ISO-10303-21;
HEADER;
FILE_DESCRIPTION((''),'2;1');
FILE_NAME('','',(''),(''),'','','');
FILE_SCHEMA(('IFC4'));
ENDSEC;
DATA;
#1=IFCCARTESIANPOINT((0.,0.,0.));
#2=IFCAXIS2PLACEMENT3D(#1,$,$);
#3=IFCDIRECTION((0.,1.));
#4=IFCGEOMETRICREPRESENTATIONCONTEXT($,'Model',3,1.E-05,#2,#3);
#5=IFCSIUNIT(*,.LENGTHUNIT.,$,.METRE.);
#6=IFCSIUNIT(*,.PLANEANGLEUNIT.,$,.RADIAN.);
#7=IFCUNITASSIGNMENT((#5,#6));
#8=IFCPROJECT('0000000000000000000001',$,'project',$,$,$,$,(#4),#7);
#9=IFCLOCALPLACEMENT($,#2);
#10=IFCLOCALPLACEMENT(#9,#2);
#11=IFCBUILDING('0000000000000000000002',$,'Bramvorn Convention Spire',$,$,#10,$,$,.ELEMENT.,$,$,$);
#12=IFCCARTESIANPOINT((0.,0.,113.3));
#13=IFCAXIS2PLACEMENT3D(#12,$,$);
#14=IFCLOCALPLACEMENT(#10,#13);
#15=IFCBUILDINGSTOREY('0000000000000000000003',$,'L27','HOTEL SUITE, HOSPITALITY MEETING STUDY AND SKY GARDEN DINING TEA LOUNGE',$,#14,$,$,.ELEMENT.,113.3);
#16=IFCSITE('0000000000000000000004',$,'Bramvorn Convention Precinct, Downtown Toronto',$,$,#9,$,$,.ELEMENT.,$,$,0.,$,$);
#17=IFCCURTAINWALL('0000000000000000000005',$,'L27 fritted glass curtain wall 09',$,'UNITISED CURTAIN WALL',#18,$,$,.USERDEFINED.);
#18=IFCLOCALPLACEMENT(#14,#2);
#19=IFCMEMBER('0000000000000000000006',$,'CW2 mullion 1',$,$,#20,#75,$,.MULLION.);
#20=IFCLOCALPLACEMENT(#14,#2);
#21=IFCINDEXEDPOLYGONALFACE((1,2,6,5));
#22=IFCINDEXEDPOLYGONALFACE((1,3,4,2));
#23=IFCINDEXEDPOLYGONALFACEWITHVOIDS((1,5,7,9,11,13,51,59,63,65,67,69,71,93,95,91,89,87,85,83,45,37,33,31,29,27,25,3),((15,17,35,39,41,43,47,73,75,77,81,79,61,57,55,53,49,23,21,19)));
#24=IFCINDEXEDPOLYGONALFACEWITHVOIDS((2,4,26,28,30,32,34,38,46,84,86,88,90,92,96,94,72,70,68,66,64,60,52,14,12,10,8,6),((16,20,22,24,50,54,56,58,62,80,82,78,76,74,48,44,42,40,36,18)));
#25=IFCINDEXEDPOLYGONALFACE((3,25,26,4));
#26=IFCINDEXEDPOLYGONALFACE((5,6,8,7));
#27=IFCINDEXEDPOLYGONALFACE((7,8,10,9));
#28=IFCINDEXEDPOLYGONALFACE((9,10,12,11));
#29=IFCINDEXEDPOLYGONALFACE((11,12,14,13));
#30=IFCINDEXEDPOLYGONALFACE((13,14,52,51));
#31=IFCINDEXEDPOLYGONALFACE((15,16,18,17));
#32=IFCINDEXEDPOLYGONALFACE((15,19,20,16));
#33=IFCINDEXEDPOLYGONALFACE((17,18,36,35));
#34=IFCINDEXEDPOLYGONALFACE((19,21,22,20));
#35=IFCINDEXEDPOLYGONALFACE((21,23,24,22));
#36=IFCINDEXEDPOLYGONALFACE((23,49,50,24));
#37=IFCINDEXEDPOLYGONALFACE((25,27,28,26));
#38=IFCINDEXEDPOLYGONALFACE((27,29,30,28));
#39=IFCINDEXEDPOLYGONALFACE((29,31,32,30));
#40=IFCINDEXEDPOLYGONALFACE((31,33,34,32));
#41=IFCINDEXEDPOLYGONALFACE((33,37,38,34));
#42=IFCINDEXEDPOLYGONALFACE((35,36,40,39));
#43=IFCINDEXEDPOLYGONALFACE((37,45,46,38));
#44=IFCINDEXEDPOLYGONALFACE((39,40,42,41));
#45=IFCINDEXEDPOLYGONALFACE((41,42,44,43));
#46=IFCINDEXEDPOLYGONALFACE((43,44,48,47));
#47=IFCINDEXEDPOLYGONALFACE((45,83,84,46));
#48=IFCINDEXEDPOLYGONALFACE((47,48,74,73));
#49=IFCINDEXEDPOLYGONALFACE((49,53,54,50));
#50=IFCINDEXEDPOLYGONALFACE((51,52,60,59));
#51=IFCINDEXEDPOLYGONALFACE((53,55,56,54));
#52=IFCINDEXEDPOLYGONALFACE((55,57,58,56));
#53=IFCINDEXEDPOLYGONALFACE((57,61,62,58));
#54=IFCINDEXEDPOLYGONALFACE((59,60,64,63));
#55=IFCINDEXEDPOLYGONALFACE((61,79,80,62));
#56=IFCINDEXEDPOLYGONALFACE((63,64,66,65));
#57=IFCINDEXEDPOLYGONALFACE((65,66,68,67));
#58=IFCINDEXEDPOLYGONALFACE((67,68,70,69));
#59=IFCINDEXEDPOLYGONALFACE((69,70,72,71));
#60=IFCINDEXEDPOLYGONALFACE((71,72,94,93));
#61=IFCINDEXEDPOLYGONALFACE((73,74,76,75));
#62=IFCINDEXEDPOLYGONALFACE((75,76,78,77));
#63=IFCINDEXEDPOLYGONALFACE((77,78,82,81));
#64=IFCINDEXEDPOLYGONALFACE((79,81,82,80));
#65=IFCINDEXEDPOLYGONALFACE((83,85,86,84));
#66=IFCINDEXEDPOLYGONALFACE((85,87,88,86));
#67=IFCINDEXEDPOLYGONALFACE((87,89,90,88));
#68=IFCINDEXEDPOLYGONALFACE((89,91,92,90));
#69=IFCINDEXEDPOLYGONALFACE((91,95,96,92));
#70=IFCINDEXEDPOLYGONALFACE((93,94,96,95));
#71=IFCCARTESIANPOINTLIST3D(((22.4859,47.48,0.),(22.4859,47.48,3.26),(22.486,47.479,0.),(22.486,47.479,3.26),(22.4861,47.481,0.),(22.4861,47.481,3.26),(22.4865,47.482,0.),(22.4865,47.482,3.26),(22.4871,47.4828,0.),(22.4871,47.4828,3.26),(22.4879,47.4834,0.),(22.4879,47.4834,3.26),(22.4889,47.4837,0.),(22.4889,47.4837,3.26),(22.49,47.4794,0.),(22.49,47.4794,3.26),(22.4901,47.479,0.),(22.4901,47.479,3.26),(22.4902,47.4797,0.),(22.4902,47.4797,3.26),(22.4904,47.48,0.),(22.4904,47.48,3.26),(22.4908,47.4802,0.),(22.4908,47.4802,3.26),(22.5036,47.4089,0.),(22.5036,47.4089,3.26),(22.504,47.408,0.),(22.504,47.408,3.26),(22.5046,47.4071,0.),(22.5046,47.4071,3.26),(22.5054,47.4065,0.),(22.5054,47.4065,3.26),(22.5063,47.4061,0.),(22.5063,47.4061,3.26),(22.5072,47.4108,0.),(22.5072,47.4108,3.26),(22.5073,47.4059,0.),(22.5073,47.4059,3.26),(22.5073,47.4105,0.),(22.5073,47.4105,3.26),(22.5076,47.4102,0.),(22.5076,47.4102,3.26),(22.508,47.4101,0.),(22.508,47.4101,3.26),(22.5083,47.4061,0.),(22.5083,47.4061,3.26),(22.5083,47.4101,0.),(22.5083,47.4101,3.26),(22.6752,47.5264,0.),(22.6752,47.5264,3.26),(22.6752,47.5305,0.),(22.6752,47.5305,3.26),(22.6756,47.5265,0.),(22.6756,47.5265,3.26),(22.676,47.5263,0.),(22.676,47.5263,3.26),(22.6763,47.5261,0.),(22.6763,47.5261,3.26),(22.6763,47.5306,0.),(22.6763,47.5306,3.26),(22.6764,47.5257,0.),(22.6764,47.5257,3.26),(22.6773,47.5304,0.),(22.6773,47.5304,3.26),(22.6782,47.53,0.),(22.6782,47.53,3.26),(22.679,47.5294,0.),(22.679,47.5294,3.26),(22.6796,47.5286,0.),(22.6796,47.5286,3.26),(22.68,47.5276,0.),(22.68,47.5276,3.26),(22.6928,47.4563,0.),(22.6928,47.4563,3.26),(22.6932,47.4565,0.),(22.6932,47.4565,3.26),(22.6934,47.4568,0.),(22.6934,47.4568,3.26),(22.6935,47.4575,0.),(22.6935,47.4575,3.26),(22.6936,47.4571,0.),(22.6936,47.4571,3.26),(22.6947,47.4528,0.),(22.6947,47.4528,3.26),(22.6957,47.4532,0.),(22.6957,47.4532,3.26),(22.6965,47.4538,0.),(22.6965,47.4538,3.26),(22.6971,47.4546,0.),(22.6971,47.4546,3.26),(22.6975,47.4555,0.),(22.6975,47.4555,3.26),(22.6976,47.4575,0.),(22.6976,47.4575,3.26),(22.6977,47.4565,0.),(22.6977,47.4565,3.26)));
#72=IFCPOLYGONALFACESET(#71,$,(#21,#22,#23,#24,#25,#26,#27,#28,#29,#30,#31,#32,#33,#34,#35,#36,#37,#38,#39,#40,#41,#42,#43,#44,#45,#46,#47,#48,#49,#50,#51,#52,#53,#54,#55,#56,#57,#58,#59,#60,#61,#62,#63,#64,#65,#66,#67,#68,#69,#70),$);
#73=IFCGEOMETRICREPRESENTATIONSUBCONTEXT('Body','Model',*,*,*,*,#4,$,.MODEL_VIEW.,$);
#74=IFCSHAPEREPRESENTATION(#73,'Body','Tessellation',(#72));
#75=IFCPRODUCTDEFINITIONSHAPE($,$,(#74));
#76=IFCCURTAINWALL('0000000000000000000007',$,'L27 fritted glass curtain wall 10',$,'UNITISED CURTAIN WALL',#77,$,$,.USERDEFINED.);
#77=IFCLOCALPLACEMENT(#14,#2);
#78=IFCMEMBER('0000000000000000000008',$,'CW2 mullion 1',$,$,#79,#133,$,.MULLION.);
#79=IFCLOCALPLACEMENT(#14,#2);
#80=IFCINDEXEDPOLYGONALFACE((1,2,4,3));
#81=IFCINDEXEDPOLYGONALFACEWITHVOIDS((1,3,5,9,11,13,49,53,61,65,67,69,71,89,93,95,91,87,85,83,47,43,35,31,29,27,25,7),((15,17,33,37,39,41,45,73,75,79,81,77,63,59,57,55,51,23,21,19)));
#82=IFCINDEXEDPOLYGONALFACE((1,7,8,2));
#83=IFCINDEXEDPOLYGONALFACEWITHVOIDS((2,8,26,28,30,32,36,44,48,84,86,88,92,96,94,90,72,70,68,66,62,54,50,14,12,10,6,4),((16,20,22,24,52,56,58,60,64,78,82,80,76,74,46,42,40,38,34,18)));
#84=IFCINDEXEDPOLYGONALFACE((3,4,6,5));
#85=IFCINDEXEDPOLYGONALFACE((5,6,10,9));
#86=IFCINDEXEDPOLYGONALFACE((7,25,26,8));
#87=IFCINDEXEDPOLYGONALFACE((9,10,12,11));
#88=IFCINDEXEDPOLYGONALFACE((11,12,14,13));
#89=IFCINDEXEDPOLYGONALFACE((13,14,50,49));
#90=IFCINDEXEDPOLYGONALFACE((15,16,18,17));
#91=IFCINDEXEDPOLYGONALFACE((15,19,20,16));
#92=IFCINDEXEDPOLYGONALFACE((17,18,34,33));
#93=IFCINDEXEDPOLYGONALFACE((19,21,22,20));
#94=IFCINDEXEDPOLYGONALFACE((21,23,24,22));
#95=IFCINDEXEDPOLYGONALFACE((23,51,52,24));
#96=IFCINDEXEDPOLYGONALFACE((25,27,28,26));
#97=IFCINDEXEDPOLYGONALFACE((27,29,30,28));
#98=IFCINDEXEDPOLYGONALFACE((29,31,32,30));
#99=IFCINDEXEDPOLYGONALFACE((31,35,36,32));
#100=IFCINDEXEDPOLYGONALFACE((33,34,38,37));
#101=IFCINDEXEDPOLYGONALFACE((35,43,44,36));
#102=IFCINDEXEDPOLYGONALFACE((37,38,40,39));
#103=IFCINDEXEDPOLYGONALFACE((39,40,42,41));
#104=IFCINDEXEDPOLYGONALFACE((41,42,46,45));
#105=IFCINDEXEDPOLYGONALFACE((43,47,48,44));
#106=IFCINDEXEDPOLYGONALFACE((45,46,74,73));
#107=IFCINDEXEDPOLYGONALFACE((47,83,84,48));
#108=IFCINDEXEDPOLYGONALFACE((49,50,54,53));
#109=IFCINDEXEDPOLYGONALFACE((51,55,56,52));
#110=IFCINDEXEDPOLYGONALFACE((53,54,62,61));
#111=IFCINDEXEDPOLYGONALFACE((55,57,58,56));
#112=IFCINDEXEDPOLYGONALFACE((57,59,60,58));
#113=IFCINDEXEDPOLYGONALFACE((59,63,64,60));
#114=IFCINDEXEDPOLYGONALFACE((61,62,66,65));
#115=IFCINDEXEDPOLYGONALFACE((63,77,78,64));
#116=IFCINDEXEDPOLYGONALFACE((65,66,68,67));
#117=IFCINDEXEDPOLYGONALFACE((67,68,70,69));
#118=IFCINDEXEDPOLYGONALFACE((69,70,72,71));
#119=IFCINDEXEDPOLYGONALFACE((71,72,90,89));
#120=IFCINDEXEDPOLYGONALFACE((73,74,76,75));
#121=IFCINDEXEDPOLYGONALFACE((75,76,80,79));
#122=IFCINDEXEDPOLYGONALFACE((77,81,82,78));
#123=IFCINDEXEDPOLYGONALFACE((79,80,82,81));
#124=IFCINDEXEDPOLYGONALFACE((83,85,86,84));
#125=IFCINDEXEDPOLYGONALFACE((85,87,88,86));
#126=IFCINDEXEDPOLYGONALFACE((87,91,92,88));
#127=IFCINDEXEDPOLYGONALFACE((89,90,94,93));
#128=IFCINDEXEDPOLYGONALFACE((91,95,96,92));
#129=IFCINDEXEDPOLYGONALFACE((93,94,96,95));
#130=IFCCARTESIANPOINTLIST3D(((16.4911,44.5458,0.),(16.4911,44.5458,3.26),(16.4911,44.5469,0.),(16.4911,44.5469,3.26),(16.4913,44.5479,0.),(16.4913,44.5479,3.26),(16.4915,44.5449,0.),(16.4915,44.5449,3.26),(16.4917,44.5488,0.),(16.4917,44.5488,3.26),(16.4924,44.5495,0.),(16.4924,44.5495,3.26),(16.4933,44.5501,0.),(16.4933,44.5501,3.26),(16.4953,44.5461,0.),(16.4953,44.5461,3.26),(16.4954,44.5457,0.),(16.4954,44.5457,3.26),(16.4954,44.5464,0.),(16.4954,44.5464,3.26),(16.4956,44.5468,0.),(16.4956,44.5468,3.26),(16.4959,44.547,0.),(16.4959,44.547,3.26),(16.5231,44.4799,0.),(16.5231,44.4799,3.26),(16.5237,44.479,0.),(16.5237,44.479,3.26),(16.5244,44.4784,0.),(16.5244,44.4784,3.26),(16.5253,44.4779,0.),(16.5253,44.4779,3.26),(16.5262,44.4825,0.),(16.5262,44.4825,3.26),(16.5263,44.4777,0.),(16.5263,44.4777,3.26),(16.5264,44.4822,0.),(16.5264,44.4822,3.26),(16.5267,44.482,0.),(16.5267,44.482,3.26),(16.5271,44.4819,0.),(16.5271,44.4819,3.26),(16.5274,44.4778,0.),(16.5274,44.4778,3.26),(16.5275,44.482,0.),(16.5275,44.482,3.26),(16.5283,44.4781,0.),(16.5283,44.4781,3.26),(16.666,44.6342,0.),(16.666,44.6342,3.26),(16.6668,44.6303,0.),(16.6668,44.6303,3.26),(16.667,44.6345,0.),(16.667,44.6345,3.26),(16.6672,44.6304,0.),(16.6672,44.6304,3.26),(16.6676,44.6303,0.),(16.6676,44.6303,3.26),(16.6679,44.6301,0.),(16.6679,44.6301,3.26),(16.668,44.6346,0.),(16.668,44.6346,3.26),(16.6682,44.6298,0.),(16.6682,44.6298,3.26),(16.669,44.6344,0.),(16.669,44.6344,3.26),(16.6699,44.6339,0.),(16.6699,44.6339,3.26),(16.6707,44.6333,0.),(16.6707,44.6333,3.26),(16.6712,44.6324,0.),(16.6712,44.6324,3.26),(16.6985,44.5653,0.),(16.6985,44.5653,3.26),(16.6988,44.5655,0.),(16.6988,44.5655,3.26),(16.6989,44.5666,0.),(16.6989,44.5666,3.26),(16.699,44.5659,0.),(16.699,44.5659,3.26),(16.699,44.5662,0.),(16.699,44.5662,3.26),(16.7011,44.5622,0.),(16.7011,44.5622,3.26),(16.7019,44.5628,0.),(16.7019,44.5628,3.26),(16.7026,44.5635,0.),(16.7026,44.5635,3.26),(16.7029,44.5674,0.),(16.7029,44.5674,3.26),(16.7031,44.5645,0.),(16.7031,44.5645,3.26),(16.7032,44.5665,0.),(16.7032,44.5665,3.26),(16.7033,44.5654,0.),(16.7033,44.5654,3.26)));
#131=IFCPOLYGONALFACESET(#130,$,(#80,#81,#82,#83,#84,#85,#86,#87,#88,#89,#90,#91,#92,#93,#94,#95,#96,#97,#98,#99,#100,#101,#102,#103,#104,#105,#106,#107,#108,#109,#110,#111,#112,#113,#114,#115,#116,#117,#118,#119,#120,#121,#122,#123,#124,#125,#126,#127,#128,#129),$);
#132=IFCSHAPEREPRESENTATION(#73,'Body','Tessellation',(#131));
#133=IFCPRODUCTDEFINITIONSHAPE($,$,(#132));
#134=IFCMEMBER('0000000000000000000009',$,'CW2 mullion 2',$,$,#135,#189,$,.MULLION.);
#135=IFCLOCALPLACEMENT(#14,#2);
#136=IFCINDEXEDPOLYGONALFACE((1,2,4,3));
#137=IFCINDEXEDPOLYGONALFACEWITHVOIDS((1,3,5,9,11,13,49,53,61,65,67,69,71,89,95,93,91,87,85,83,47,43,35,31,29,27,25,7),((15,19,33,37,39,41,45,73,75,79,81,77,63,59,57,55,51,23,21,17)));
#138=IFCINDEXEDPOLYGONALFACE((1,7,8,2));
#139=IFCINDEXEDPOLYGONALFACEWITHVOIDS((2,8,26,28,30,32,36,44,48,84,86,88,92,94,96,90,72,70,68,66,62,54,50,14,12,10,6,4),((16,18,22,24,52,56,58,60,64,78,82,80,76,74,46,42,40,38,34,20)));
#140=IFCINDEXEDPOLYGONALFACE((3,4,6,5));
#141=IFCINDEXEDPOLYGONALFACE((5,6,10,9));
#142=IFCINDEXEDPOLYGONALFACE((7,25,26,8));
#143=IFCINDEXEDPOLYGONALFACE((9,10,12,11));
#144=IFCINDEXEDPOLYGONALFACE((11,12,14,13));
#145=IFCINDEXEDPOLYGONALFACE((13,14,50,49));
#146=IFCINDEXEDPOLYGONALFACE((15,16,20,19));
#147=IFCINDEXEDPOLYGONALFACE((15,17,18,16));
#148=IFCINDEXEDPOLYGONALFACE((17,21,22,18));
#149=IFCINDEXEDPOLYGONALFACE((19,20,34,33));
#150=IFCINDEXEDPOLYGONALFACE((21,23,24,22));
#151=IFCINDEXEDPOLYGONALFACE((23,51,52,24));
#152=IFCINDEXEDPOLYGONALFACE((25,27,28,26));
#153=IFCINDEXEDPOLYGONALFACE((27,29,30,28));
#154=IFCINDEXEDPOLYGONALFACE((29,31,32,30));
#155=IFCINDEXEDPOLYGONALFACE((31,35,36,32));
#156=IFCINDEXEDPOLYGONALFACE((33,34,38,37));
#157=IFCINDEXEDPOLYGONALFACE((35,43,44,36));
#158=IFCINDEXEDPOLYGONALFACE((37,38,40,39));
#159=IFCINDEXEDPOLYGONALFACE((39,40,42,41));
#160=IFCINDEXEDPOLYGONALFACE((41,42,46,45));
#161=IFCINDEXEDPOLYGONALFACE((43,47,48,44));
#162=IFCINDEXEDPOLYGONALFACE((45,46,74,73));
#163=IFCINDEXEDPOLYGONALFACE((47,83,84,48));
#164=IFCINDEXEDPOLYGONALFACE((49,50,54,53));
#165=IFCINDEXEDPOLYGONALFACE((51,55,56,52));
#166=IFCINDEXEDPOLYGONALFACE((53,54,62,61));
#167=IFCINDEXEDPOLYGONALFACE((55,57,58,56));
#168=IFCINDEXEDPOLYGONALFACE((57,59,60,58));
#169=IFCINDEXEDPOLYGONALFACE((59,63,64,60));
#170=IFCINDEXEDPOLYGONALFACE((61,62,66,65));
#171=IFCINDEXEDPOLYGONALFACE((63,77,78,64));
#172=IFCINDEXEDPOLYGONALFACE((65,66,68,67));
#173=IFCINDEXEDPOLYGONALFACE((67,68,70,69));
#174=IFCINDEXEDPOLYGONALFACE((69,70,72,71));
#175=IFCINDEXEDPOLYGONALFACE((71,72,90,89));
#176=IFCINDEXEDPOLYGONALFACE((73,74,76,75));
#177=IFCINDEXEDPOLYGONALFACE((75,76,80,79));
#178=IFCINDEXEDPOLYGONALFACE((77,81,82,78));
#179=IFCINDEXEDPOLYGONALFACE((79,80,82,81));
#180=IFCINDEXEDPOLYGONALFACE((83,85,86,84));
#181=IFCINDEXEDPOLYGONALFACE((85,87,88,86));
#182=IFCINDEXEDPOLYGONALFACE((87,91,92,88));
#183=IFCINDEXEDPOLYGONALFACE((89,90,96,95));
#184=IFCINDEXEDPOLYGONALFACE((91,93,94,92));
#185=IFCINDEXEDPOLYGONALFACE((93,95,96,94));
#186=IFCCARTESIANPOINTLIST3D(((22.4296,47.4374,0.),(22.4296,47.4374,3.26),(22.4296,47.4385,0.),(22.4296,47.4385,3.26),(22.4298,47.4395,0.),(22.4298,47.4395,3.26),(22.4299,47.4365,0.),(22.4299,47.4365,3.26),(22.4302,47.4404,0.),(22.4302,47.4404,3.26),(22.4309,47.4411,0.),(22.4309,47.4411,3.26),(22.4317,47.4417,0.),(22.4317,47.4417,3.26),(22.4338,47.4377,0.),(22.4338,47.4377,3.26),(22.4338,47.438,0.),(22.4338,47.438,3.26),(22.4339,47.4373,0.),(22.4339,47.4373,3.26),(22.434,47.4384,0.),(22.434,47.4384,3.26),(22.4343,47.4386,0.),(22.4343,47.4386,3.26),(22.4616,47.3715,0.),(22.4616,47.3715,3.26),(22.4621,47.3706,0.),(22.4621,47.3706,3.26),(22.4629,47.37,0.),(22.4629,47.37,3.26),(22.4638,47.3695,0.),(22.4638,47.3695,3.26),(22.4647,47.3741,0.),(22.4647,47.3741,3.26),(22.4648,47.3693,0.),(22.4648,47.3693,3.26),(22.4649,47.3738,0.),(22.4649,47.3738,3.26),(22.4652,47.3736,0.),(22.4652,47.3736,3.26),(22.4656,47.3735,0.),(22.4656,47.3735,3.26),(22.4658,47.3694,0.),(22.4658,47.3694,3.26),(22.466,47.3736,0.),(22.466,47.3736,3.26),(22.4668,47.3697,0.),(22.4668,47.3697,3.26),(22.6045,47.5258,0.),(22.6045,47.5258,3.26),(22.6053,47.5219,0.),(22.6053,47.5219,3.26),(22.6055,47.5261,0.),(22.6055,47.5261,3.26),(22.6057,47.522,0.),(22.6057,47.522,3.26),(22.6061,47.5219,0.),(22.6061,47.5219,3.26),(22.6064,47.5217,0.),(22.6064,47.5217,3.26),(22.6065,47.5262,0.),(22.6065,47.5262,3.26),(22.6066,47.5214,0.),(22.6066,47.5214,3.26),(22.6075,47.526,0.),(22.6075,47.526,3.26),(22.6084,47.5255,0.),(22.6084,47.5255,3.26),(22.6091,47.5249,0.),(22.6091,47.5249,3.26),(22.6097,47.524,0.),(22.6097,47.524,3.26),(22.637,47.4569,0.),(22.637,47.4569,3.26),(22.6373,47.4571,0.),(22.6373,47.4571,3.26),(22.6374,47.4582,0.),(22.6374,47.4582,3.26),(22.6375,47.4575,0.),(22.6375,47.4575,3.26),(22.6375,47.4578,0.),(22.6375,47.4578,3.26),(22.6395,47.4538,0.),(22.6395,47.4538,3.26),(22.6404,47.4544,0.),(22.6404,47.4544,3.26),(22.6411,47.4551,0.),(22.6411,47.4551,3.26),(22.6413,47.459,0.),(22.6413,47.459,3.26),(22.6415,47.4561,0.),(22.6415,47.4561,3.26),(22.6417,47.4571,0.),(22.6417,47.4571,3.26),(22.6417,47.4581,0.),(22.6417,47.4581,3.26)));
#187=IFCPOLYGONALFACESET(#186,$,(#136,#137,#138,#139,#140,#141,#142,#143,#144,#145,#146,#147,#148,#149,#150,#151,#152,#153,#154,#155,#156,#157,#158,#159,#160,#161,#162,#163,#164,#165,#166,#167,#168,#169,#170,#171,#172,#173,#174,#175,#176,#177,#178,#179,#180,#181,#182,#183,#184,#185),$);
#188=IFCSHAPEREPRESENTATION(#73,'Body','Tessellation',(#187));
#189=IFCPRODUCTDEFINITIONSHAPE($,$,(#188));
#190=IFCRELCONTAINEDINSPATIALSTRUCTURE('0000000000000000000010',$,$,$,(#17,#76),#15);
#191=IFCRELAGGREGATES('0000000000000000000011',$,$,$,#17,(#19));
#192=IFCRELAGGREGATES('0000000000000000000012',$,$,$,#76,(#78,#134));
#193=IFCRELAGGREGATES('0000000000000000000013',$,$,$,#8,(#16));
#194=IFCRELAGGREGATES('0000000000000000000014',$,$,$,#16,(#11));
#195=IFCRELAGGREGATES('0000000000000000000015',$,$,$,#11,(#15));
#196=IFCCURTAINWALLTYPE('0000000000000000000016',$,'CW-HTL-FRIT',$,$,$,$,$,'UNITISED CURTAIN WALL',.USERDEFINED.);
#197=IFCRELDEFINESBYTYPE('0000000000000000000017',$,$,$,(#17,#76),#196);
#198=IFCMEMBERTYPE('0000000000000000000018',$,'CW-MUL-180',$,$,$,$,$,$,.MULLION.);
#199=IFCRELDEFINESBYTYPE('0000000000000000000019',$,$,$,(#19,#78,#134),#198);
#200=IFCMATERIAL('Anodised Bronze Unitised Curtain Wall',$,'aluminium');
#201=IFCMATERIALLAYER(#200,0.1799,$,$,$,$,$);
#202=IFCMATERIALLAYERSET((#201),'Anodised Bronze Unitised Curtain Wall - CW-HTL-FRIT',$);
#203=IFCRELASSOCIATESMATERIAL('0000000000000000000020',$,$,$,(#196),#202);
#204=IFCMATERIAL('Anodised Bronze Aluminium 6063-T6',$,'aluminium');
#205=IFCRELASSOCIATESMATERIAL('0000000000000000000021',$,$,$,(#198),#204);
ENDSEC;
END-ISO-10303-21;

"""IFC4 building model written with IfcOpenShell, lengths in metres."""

from ifc_helpers import new_model, si_unit, direction, frame, origin, origin_2d, place, context, subcontext, project, spatial, hollow_rectangle, extrude, material, layer, layer_set, material_profile, profile_set, type_object, element, aggregate, save


model = new_model("IFC4")

# Units and contexts
model_context = context("Model", 3, precision=1e-05, world=origin(), true_north=direction((0.0, 1.0)))
body_context = subcontext(model_context, "Body", "Model", "MODEL_VIEW")
ifc_project = project(units=[si_unit("LENGTHUNIT", "METRE"), si_unit("PLANEANGLEUNIT", "RADIAN")], contexts=[model_context])

# Site, building, storey
site_placement = place(None, origin())
site = spatial("IfcSite", under=ifc_project, at=site_placement, Name="Bramvorn Convention Precinct, Downtown Toronto", CompositionType="ELEMENT", RefElevation=0.0)
building_placement = place(site_placement, origin())
building = spatial("IfcBuilding", under=site, at=building_placement, Name="Bramvorn Convention Spire", CompositionType="ELEMENT")
storey_placement = place(building_placement, frame((0.0, 0.0, 113.3)))
storey = spatial("IfcBuildingStorey", under=building, at=storey_placement, Name="L27", Description="HOTEL SUITE, HOSPITALITY MEETING STUDY AND SKY GARDEN DINING TEA LOUNGE", CompositionType="ELEMENT", Elevation=113.3)

# Curtain wall, member
ifc_material_1 = material(Name="Anodised Bronze Unitised Curtain Wall", Category="aluminium")
ifc_layer_1 = layer(ifc_material_1, 0.1799)
ifc_layer_set_1 = layer_set([ifc_layer_1], Name="Anodised Bronze Unitised Curtain Wall - CW-HTL-FRIT")
curtain_wall_type = type_object("IfcCurtainWallType", Name="CW-HTL-FRIT", ElementType="UNITISED CURTAIN WALL", PredefinedType="USERDEFINED", material=ifc_layer_set_1)
curtain_wall_1_placement = place(storey_placement, origin())
curtain_wall_1 = element("IfcCurtainWall", 1, at=curtain_wall_1_placement, inside=storey, type_object=curtain_wall_type, Name="L27 fritted glass curtain wall 09", ObjectType="UNITISED CURTAIN WALL", PredefinedType="USERDEFINED")
ifc_material_2 = material(Name="Anodised Bronze Aluminium 6063-T6", Category="aluminium")
ifc_material_profile_1 = material_profile(ifc_material_2, hollow_rectangle(XDim=0.0801, YDim=0.2, WallThickness=0.0039, InnerFilletRadius=0.001, OuterFilletRadius=0.0039, at=origin_2d()))
ifc_profile_set_1 = profile_set([ifc_material_profile_1], Name="Anodised Bronze Aluminium 6063-T6 - CWM80X200")
member_type_1 = type_object("IfcMemberType", Name="CW-MUL-180", PredefinedType="MULLION", material=ifc_profile_set_1)
member_1_placement = place(storey_placement, frame((22.5918, 47.4683, 0.0), z_axis=(0.0, 0.0, 1.0), x_axis=(-0.243204, 0.969975, 0.0)))
member_1 = element("IfcMember", 2, at=member_1_placement, type_object=member_type_1, Name="CW2 mullion 1", PredefinedType="MULLION", context=body_context, shape_type="SweptSolid", body=[
    extrude(hollow_rectangle(XDim=0.0801, YDim=0.2, WallThickness=0.0039, InnerFilletRadius=0.001, OuterFilletRadius=0.0039, at=origin_2d()), origin(), (0.0, 0.0, 1.0), 3.26),
])

# Curtain wall, members
curtain_wall_2_placement = place(storey_placement, origin())
curtain_wall_2 = element("IfcCurtainWall", 3, at=curtain_wall_2_placement, inside=storey, type_object=curtain_wall_type, Name="L27 fritted glass curtain wall 10", ObjectType="UNITISED CURTAIN WALL", PredefinedType="USERDEFINED")
member_2_placement = place(storey_placement, frame((16.5972, 44.5562, 0.0), z_axis=(0.0, 0.0, 1.0), x_axis=(-0.437791, 0.899077, 0.0)))
member_2 = element("IfcMember", 4, at=member_2_placement, type_object=member_type_1, Name="CW2 mullion 1", PredefinedType="MULLION", context=body_context, shape_type="SweptSolid", body=[
    extrude(hollow_rectangle(XDim=0.0801, YDim=0.2, WallThickness=0.0039, InnerFilletRadius=0.001, OuterFilletRadius=0.0039, at=origin_2d()), origin(), (0.0, 0.0, 1.0), 3.26),
])
member_3_placement = place(storey_placement, frame((22.5356, 47.4478, 0.0), z_axis=(0.0, 0.0, 1.0), x_axis=(-0.437791, 0.899077, 0.0)))
member_3 = element("IfcMember", 5, at=member_3_placement, type_object=member_type_1, Name="CW2 mullion 2", PredefinedType="MULLION", context=body_context, shape_type="SweptSolid", body=[
    extrude(hollow_rectangle(XDim=0.0801, YDim=0.2, WallThickness=0.0039, InnerFilletRadius=0.001, OuterFilletRadius=0.0039, at=origin_2d()), origin(), (0.0, 0.0, 1.0), 3.26),
])

aggregate(curtain_wall_1, [member_1])
aggregate(curtain_wall_2, [member_2, member_3])

save(model, "model.ifc")
